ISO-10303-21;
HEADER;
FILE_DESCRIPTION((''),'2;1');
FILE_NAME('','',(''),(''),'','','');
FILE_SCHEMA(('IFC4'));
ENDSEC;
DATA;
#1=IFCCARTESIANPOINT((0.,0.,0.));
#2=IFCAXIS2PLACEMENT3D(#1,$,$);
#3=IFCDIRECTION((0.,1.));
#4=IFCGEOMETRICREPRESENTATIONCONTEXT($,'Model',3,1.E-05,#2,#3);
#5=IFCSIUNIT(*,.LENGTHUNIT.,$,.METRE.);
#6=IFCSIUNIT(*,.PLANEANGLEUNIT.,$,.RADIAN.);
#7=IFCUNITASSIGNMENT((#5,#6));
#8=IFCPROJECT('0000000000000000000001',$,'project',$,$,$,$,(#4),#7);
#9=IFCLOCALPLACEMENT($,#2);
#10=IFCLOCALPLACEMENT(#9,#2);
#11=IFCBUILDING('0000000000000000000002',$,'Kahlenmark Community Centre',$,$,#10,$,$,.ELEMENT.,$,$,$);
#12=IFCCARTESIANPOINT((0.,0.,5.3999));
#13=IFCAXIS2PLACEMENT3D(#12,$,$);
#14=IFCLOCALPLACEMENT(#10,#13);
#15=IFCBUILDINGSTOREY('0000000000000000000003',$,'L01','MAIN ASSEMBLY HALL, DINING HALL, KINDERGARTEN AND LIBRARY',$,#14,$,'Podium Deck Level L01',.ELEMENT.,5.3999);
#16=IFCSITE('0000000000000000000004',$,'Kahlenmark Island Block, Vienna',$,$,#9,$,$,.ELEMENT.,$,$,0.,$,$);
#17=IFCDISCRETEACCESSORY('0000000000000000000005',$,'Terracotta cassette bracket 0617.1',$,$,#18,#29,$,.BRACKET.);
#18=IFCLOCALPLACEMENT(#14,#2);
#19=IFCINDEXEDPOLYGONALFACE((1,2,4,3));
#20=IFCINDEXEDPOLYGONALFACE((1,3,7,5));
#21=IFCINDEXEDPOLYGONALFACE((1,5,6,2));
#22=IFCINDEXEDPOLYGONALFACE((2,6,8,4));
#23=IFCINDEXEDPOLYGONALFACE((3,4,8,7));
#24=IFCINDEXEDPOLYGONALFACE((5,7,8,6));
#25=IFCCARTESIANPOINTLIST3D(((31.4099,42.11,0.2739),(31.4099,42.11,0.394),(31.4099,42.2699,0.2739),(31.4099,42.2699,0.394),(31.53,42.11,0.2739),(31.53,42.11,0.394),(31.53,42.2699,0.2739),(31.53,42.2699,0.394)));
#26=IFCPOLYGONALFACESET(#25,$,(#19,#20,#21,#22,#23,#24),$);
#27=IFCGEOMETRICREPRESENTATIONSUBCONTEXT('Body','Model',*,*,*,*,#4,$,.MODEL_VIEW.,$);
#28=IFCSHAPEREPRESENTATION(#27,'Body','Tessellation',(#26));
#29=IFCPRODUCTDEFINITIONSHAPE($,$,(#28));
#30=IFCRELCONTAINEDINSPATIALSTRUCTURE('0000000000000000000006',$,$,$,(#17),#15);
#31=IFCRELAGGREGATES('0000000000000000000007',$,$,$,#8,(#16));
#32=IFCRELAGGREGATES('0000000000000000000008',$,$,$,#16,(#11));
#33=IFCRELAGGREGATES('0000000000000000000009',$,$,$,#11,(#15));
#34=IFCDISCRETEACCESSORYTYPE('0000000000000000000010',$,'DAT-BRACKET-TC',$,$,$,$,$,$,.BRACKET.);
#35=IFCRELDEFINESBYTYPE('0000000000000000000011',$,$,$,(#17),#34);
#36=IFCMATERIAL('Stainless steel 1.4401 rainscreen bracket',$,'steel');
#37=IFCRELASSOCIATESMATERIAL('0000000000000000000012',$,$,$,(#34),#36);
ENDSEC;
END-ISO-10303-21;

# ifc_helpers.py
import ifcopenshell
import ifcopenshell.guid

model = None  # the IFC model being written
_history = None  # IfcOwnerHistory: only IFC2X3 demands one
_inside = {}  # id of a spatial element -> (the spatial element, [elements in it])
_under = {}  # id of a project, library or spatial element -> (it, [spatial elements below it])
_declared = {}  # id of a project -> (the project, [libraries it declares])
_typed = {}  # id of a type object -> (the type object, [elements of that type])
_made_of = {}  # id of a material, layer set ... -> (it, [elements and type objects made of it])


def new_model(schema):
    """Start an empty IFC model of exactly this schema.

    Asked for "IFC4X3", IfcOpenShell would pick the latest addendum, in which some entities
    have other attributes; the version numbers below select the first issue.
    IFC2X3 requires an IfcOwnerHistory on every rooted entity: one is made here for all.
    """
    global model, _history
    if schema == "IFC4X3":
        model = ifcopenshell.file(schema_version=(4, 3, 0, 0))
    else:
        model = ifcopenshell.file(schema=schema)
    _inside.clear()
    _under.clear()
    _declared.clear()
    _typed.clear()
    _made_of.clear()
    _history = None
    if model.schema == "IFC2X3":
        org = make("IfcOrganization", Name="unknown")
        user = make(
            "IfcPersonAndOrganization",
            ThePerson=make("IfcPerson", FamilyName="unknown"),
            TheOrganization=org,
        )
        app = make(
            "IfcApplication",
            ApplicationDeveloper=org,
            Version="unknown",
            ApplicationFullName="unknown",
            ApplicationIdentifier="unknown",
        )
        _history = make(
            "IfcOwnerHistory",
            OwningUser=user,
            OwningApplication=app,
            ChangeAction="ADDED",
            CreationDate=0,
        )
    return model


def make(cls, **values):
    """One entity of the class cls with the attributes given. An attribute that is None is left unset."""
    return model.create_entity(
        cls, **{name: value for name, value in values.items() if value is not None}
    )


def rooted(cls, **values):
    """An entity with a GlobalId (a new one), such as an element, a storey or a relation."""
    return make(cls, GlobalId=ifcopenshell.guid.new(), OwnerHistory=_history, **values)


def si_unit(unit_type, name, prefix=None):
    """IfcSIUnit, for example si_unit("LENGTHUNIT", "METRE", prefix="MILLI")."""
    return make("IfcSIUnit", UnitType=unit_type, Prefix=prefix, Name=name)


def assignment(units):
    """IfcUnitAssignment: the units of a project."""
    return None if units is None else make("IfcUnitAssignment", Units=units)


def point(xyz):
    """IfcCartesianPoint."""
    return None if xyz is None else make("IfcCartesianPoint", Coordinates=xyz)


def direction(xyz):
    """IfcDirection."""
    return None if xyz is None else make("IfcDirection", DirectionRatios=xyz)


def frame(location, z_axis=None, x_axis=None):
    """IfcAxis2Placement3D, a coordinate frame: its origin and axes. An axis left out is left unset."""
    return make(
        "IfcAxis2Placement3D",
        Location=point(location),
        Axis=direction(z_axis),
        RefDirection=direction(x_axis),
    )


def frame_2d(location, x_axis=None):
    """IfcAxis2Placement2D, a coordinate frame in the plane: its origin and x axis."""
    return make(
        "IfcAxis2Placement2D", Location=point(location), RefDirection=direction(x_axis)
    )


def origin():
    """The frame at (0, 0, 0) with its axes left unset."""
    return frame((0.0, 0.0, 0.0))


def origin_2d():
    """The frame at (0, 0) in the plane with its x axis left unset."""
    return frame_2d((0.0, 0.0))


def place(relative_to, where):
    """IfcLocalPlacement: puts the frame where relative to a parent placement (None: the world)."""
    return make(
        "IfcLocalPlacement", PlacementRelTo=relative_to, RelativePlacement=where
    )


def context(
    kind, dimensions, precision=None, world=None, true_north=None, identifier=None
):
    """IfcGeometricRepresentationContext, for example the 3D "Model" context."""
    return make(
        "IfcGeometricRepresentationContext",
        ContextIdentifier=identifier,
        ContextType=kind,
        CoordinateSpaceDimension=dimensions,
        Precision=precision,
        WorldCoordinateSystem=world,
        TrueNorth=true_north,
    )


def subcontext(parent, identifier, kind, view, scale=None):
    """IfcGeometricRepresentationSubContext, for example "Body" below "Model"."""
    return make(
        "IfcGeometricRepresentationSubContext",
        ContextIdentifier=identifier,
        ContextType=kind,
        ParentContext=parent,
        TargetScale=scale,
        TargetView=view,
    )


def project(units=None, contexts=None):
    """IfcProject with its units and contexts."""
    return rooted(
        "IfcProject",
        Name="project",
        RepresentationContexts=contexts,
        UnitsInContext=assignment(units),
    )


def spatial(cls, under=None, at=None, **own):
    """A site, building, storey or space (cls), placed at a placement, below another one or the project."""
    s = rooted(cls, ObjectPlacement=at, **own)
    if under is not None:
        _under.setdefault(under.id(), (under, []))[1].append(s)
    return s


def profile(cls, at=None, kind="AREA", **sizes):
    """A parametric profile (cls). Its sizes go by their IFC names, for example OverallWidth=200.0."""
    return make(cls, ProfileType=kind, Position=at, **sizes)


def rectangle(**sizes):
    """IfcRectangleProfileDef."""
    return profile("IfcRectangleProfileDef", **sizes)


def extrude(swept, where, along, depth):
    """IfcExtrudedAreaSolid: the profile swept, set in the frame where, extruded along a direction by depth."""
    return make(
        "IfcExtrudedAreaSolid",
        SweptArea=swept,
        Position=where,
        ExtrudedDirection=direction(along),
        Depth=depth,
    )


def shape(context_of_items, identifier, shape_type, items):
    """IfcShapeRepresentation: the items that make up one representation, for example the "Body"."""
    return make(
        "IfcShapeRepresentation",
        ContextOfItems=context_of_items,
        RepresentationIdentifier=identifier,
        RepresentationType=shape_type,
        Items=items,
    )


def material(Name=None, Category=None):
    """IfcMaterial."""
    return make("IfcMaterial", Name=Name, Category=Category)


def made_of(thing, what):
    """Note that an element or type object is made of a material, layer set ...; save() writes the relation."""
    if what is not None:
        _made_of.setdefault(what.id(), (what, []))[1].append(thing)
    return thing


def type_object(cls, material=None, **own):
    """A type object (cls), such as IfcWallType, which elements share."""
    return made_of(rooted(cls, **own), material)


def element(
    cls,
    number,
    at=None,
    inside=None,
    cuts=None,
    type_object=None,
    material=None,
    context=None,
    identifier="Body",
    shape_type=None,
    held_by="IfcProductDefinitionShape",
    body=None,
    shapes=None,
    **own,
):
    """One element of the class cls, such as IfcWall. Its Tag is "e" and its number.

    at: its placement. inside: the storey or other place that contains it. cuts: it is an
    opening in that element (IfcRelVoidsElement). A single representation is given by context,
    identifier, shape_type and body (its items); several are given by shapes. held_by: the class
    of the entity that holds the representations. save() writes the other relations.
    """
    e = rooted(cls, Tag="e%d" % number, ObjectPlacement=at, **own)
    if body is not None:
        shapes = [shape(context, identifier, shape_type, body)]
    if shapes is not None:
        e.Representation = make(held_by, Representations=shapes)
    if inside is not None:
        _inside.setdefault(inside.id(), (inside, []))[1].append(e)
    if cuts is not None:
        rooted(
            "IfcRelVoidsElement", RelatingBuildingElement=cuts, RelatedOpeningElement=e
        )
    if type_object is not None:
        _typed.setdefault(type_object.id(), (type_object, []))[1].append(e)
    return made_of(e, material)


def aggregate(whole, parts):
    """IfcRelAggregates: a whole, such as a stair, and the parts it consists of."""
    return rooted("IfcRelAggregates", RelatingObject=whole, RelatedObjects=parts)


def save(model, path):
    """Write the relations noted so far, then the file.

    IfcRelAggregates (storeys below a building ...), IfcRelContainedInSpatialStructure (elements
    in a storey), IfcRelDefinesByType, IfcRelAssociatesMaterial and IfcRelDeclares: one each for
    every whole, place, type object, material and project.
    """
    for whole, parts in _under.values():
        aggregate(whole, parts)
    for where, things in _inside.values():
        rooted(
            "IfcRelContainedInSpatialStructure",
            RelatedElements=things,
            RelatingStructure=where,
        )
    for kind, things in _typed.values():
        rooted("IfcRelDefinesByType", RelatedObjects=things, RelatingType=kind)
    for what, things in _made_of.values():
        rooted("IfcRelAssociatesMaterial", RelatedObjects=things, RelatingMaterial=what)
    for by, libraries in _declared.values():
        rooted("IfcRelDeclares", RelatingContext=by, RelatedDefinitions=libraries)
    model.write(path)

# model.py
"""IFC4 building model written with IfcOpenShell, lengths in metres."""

from ifc_helpers import new_model, si_unit, direction, frame, origin, origin_2d, place, context, subcontext, project, spatial, rectangle, extrude, material, type_object, element, save


model = new_model("IFC4")

# Units and contexts
model_context = context("Model", 3, precision=1e-05, world=origin(), true_north=direction((0.0, 1.0)))
body_context = subcontext(model_context, "Body", "Model", "MODEL_VIEW")
ifc_project = project(units=[si_unit("LENGTHUNIT", "METRE"), si_unit("PLANEANGLEUNIT", "RADIAN")], contexts=[model_context])

# Site, building, storey
site_placement = place(None, origin())
site = spatial("IfcSite", under=ifc_project, at=site_placement, Name="Kahlenmark Island Block, Vienna", CompositionType="ELEMENT", RefElevation=0.0)
building_placement = place(site_placement, origin())
building = spatial("IfcBuilding", under=site, at=building_placement, Name="Kahlenmark Community Centre", CompositionType="ELEMENT")
storey_placement = place(building_placement, frame((0.0, 0.0, 5.3999)))
storey = spatial("IfcBuildingStorey", under=building, at=storey_placement, Name="L01", Description="MAIN ASSEMBLY HALL, DINING HALL, KINDERGARTEN AND LIBRARY", LongName="Podium Deck Level L01", CompositionType="ELEMENT", Elevation=5.3999)

# Discrete accessory
ifc_material = material(Name="Stainless steel 1.4401 rainscreen bracket", Category="steel")
discrete_accessory_type = type_object("IfcDiscreteAccessoryType", Name="DAT-BRACKET-TC", PredefinedType="BRACKET", material=ifc_material)
for number, where, z_axis, x_axis, name in (
    (1, (31.47, 42.1899, 0.2739), (0.0, 0.0, 1.0), (1.0, 0.0, 0.0), "Terracotta cassette bracket 0617.1"),
):
    element("IfcDiscreteAccessory", number, at=place(storey_placement, frame(where, z_axis=z_axis, x_axis=x_axis)), inside=storey, type_object=discrete_accessory_type, Name=name, PredefinedType="BRACKET", context=body_context, shape_type="SweptSolid", body=[
        extrude(rectangle(XDim=0.1201, YDim=0.1599, at=origin_2d()), origin(), (0.0, 0.0, 1.0), 0.1201),
    ])

save(model, "model.ifc")
